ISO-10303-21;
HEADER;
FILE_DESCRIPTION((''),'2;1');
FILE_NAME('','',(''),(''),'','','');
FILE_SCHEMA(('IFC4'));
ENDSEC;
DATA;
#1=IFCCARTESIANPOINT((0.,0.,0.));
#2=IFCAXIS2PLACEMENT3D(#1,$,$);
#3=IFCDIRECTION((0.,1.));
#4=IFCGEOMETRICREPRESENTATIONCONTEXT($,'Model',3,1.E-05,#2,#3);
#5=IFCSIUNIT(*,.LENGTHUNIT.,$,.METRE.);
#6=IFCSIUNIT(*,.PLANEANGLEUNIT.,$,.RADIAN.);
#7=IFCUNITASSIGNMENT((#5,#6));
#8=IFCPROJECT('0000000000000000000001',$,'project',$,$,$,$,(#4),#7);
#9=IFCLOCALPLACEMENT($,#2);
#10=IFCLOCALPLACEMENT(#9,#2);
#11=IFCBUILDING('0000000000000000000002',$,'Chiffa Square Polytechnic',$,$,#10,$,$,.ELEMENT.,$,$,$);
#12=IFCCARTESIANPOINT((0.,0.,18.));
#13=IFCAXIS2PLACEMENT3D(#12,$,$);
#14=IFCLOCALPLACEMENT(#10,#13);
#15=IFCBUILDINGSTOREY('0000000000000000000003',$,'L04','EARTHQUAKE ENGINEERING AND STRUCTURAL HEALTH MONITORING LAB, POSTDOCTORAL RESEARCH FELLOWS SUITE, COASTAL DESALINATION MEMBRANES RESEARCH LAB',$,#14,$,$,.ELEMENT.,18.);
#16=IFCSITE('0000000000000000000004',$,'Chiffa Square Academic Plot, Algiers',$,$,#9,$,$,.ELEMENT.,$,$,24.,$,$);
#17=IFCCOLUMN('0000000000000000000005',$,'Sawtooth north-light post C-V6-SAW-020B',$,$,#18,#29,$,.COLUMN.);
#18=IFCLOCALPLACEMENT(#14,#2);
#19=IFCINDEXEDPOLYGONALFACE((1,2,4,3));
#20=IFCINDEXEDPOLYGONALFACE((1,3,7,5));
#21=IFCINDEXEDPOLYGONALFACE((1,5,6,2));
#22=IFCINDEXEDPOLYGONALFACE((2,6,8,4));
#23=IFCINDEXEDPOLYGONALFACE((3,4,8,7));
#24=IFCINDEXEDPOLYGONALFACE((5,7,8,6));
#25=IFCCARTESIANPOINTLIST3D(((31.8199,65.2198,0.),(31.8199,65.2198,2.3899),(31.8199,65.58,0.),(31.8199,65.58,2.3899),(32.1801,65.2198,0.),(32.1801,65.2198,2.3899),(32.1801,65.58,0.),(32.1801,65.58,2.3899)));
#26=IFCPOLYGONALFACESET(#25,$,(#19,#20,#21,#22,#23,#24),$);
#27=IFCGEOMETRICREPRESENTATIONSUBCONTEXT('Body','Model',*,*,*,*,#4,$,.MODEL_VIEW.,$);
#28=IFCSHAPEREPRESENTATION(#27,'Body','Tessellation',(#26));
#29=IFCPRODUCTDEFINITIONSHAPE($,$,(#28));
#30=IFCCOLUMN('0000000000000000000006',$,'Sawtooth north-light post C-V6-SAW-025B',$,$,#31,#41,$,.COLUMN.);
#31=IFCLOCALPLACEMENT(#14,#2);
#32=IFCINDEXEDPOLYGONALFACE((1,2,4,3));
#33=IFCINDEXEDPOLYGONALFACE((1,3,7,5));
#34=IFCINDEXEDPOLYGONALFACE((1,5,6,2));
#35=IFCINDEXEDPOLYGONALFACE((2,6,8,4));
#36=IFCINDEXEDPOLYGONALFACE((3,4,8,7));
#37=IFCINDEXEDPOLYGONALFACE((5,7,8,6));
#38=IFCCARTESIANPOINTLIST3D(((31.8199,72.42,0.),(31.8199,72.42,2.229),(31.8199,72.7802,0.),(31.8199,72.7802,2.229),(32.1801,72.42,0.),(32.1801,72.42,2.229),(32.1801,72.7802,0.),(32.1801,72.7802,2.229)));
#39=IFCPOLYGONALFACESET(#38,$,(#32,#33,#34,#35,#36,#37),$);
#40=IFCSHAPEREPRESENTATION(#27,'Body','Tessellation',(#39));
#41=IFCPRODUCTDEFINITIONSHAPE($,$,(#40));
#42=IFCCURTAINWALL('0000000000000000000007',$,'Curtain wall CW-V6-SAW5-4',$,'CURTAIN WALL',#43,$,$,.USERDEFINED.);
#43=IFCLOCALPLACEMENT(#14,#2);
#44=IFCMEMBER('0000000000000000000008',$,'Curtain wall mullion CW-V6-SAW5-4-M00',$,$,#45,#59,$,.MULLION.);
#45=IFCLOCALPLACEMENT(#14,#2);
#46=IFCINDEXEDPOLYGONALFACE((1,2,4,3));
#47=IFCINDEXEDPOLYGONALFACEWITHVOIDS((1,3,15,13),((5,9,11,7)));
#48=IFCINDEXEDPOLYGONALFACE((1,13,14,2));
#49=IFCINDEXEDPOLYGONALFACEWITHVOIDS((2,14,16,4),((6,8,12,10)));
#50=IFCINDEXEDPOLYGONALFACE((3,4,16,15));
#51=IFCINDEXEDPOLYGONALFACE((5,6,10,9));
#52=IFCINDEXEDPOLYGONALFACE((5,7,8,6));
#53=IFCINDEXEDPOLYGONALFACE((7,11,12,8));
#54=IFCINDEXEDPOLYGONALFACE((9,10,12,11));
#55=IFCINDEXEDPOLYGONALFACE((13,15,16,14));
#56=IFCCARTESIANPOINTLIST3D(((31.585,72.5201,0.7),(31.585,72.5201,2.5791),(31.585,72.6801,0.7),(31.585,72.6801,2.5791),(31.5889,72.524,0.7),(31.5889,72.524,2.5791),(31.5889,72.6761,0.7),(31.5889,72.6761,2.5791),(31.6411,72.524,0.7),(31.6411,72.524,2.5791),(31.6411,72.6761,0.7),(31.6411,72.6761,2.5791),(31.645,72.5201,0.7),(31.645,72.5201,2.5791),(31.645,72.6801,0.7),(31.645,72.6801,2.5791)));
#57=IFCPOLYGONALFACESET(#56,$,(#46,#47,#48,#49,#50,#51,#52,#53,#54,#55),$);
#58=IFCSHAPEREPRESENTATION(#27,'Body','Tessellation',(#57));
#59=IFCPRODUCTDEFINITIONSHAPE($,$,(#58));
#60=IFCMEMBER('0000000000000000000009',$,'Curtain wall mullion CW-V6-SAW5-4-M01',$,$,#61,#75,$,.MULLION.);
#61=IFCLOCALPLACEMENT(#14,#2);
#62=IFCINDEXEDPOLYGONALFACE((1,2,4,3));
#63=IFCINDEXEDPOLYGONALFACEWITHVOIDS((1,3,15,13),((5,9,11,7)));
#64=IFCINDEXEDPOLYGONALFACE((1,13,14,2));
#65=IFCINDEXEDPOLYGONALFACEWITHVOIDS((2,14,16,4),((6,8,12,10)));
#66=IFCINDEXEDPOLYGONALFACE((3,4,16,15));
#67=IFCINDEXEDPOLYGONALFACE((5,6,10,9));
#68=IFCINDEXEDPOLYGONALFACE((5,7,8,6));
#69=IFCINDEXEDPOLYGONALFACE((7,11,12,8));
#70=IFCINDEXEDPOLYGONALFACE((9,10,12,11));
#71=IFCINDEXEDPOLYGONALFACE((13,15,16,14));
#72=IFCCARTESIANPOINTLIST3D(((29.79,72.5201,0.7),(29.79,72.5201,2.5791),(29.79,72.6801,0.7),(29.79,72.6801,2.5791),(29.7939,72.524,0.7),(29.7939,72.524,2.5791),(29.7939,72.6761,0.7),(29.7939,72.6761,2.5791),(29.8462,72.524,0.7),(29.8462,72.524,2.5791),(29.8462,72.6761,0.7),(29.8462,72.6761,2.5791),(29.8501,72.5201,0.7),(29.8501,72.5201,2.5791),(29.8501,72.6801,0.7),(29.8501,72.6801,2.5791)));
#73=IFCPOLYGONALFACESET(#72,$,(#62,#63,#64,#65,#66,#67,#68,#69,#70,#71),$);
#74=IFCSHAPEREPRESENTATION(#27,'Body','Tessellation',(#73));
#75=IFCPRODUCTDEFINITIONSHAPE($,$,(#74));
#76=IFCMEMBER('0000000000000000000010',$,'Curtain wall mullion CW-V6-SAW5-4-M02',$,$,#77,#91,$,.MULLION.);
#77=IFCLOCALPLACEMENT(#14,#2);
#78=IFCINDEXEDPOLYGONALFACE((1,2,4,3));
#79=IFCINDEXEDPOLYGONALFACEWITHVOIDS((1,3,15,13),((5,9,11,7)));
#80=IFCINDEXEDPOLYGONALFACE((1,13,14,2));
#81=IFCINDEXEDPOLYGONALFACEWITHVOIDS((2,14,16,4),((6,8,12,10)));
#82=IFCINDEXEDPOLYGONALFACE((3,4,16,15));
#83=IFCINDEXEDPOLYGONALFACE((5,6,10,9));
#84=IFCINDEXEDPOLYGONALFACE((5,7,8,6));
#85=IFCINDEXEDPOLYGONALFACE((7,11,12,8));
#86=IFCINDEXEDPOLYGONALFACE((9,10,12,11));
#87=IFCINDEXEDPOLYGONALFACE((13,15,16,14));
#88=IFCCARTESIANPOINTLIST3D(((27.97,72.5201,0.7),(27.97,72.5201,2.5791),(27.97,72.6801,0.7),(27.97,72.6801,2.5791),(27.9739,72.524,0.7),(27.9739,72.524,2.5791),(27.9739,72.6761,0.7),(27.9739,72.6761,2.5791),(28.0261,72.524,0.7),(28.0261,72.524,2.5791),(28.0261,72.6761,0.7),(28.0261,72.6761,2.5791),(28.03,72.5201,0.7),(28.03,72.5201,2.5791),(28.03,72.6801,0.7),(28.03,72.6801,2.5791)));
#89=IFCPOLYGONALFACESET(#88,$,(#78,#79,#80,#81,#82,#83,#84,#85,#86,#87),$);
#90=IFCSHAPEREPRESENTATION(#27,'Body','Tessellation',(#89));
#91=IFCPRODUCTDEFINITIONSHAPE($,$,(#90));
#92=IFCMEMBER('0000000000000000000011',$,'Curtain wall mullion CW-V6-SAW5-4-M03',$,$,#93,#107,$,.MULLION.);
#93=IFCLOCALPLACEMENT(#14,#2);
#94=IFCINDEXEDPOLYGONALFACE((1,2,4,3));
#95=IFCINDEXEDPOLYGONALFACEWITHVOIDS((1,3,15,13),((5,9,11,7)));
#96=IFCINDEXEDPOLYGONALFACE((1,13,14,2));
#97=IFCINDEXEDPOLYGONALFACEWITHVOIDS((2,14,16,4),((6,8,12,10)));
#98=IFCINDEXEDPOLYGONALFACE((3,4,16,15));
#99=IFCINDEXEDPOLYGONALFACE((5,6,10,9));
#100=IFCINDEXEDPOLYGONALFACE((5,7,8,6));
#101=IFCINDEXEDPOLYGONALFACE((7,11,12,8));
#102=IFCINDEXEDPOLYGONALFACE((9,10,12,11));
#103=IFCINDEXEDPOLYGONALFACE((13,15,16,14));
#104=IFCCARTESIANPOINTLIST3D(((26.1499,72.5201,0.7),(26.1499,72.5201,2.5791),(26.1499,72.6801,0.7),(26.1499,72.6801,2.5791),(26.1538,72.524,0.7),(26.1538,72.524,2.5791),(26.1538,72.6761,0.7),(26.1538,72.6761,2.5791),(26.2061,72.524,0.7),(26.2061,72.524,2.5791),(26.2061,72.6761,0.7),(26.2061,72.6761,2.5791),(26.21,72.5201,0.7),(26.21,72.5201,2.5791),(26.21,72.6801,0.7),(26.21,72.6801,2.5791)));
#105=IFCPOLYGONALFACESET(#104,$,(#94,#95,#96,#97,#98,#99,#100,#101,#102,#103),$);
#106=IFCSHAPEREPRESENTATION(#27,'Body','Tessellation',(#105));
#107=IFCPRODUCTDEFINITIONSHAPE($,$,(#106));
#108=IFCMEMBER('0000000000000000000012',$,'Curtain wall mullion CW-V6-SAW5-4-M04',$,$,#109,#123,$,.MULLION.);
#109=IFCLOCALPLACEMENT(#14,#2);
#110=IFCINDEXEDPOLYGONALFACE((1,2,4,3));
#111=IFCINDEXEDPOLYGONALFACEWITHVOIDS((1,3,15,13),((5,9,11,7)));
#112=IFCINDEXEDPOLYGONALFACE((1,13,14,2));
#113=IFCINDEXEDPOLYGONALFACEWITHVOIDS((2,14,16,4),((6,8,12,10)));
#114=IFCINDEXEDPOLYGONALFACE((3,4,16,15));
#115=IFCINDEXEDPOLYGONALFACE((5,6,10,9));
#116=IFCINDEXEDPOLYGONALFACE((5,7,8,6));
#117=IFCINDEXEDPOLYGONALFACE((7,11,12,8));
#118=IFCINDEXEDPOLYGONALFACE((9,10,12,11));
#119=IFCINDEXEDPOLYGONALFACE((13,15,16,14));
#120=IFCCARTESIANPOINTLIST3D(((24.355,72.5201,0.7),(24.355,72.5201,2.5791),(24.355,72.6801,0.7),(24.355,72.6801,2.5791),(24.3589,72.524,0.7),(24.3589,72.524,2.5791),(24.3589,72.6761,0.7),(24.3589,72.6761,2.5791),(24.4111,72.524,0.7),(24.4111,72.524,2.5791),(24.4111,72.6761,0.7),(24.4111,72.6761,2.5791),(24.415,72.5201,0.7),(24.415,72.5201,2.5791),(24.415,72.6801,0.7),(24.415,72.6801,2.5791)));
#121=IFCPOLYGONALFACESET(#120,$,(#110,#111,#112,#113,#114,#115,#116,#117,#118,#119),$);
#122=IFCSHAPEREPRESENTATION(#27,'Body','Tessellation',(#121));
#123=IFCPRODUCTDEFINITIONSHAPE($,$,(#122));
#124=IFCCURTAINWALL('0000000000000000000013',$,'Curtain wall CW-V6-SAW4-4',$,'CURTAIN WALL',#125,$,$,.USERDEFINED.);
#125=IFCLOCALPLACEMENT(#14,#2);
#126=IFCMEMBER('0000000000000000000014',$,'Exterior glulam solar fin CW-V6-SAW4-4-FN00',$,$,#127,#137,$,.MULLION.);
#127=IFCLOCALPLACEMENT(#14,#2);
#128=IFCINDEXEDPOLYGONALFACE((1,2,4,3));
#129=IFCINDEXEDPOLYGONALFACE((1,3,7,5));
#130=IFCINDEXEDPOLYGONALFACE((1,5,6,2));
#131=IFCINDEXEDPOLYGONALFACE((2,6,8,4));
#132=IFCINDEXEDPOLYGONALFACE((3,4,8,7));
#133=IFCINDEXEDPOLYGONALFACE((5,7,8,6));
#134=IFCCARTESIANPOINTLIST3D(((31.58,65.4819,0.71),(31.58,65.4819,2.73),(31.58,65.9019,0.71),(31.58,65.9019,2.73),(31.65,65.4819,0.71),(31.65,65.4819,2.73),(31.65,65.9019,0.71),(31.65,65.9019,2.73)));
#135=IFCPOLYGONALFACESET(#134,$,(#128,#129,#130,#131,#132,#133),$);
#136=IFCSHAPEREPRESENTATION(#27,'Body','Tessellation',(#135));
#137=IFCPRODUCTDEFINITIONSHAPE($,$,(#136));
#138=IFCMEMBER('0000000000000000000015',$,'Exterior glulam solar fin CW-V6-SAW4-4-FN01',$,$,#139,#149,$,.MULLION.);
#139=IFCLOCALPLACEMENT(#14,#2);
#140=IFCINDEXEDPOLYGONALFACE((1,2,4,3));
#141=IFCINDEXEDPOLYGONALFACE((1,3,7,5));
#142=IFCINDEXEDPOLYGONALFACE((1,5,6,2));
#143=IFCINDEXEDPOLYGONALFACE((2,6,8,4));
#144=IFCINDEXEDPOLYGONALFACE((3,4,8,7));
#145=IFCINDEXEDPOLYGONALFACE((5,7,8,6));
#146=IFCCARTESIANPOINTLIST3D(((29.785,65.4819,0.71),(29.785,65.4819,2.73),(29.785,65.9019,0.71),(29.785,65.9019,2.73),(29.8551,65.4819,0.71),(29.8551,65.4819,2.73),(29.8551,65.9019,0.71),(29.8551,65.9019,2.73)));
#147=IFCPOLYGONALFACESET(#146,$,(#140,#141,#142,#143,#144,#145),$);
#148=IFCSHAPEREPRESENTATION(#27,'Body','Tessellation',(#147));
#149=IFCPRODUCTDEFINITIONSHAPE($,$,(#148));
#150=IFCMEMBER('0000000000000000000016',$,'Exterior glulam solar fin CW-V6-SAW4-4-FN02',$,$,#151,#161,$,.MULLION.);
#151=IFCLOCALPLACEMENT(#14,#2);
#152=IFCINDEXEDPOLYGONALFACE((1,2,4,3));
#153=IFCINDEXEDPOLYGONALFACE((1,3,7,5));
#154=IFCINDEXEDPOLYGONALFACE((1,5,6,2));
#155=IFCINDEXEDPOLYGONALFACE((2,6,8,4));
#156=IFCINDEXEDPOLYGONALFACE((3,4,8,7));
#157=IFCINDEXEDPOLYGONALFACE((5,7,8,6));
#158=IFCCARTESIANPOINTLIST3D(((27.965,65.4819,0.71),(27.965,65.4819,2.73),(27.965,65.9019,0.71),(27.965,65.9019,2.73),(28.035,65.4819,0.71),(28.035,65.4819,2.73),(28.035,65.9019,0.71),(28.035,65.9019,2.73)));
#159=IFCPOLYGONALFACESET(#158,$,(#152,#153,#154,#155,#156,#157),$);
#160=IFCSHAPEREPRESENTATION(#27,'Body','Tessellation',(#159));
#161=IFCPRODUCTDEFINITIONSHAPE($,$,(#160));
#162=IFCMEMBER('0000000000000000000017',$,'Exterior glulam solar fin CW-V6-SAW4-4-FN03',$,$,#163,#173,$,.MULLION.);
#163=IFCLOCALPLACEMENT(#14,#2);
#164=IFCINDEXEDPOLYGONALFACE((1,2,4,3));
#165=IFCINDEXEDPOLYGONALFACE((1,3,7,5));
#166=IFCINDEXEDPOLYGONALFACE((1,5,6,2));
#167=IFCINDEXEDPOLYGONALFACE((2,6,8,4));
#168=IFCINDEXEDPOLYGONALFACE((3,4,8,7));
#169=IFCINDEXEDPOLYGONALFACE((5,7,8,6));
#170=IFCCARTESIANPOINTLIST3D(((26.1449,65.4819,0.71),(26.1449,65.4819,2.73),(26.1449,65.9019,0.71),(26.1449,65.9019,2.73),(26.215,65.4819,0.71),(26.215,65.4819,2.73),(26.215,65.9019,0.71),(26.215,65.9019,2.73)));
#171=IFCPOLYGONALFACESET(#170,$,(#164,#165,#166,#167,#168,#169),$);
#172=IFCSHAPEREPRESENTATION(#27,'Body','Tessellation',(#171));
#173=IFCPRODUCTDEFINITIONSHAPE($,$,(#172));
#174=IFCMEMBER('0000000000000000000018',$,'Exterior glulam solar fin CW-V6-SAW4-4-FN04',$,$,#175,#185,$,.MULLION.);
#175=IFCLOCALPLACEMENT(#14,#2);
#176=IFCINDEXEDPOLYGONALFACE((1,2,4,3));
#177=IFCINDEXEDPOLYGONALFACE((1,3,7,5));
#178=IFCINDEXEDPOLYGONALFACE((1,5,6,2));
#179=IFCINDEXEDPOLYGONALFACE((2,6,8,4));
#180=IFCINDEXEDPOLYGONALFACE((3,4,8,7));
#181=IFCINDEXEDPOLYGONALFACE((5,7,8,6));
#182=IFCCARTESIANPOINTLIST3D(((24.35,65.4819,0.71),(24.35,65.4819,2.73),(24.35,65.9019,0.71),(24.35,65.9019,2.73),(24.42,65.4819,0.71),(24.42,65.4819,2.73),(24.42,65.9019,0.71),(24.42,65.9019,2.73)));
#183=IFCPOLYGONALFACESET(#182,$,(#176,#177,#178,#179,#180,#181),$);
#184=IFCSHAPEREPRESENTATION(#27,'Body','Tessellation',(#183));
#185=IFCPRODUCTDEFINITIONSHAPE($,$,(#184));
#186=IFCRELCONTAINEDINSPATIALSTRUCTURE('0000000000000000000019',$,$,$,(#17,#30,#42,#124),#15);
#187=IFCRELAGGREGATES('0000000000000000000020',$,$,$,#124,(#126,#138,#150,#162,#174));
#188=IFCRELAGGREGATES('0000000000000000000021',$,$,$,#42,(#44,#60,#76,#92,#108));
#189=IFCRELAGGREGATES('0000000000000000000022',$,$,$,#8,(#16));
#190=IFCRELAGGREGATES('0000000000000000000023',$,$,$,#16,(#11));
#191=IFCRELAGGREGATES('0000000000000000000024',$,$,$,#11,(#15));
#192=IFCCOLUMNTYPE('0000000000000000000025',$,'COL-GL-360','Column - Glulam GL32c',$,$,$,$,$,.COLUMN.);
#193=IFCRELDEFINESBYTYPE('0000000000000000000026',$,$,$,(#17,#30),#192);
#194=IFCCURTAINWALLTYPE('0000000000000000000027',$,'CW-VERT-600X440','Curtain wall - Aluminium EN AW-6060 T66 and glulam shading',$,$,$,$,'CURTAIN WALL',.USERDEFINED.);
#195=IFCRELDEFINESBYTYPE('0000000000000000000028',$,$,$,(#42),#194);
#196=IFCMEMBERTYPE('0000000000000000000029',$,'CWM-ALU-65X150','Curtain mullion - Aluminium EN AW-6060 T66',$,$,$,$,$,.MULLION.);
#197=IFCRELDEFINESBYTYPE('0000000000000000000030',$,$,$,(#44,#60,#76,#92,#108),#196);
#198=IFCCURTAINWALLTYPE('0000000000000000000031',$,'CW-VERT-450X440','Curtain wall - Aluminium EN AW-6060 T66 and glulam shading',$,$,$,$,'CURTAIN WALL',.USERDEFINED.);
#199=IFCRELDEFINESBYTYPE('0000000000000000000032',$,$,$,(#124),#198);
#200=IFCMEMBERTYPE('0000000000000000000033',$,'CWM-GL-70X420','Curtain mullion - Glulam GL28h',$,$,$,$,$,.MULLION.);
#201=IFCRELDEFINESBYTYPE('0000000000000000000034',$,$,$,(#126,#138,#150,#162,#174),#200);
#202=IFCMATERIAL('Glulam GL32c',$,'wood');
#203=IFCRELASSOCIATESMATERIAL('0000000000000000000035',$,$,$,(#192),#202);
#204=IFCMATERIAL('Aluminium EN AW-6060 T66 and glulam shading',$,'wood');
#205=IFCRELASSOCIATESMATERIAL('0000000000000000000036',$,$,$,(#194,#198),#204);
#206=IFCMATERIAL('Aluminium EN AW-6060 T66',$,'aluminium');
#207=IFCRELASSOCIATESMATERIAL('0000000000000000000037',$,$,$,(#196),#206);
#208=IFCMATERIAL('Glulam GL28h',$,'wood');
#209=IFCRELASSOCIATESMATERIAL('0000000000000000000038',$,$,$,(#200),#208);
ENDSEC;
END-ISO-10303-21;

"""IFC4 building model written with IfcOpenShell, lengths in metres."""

from ifc_helpers import new_model, si_unit, direction, frame, origin, origin_2d, place, context, subcontext, project, spatial, rectangle, hollow_rectangle, extrude, material, material_profile, profile_set, type_object, element, aggregate, save


model = new_model("IFC4")

# Units and contexts
model_context = context("Model", 3, precision=1e-05, world=origin(), true_north=direction((0.0, 1.0)))
body_context = subcontext(model_context, "Body", "Model", "MODEL_VIEW")
ifc_project = project(units=[si_unit("LENGTHUNIT", "METRE"), si_unit("PLANEANGLEUNIT", "RADIAN")], contexts=[model_context])

# Site, building, storey
site_placement = place(None, origin())
site = spatial("IfcSite", under=ifc_project, at=site_placement, Name="Chiffa Square Academic Plot, Algiers", CompositionType="ELEMENT", RefElevation=24.0)
building_placement = place(site_placement, origin())
building = spatial("IfcBuilding", under=site, at=building_placement, Name="Chiffa Square Polytechnic", CompositionType="ELEMENT")
storey_placement = place(building_placement, frame((0.0, 0.0, 18.0)))
storey = spatial("IfcBuildingStorey", under=building, at=storey_placement, Name="L04", Description="EARTHQUAKE ENGINEERING AND STRUCTURAL HEALTH MONITORING LAB, POSTDOCTORAL RESEARCH FELLOWS SUITE, COASTAL DESALINATION MEMBRANES RESEARCH LAB", CompositionType="ELEMENT", Elevation=18.0)

# Columns
ifc_material_1 = material(Name="Glulam GL32c", Category="wood")
ifc_material_profile_1 = material_profile(ifc_material_1, rectangle(XDim=0.3601, YDim=0.3601, at=origin_2d()), Name="GL32c 360x360")
ifc_profile_set_1 = profile_set([ifc_material_profile_1], Name="Glulam GL32c")
column_type = type_object("IfcColumnType", Name="COL-GL-360", Description="Column - Glulam GL32c", PredefinedType="COLUMN", material=ifc_profile_set_1)
column_1_placement = place(storey_placement, frame((32.0, 65.3999, 0.0), z_axis=(0.0, 0.0, 1.0), x_axis=(1.0, 0.0, 0.0)))
element("IfcColumn", 1, at=column_1_placement, inside=storey, type_object=column_type, Name="Sawtooth north-light post C-V6-SAW-020B", PredefinedType="COLUMN", context=body_context, shape_type="SweptSolid", body=[
    extrude(rectangle(XDim=0.3601, YDim=0.3601, at=origin_2d()), origin(), (0.0, 0.0, 1.0), 2.3899),
])
column_2_placement = place(storey_placement, frame((32.0, 72.6001, 0.0), z_axis=(0.0, 0.0, 1.0), x_axis=(1.0, 0.0, 0.0)))
element("IfcColumn", 2, at=column_2_placement, inside=storey, type_object=column_type, Name="Sawtooth north-light post C-V6-SAW-025B", PredefinedType="COLUMN", context=body_context, shape_type="SweptSolid", body=[
    extrude(rectangle(XDim=0.3601, YDim=0.3601, at=origin_2d()), origin(), (0.0, 0.0, 1.0), 2.229),
])

# Curtain walls, members
ifc_material_2 = material(Name="Aluminium EN AW-6060 T66 and glulam shading", Category="wood")
curtain_wall_type_1 = type_object("IfcCurtainWallType", Name="CW-VERT-600X440", Description="Curtain wall - Aluminium EN AW-6060 T66 and glulam shading", ElementType="CURTAIN WALL", PredefinedType="USERDEFINED", material=ifc_material_2)
curtain_wall_1_placement = place(storey_placement, origin())
curtain_wall_1 = element("IfcCurtainWall", 3, at=curtain_wall_1_placement, inside=storey, type_object=curtain_wall_type_1, Name="Curtain wall CW-V6-SAW5-4", ObjectType="CURTAIN WALL", PredefinedType="USERDEFINED")
ifc_material_3 = material(Name="Aluminium EN AW-6060 T66", Category="aluminium")
ifc_material_profile_2 = material_profile(ifc_material_3, hollow_rectangle(XDim=0.0601, YDim=0.1599, WallThickness=0.0039, at=origin_2d()), Name="ALU 60x160x4")
ifc_profile_set_2 = profile_set([ifc_material_profile_2], Name="Aluminium EN AW-6060 T66")
member_type_1 = type_object("IfcMemberType", Name="CWM-ALU-65X150", Description="Curtain mullion - Aluminium EN AW-6060 T66", PredefinedType="MULLION", material=ifc_profile_set_2)
member_1_placement = place(storey_placement, frame((31.615, 72.6001, 0.7), z_axis=(0.0, 0.0, 1.0), x_axis=(1.0, 0.0, 0.0)))
member_1 = element("IfcMember", 4, at=member_1_placement, type_object=member_type_1, Name="Curtain wall mullion CW-V6-SAW5-4-M00", PredefinedType="MULLION", context=body_context, shape_type="SweptSolid", body=[
    extrude(hollow_rectangle(XDim=0.0601, YDim=0.1599, WallThickness=0.0039, at=origin_2d()), origin(), (0.0, 0.0, 1.0), 1.8792),
])
member_2_placement = place(storey_placement, frame((29.8201, 72.6001, 0.7), z_axis=(0.0, 0.0, 1.0), x_axis=(1.0, 0.0, 0.0)))
member_2 = element("IfcMember", 5, at=member_2_placement, type_object=member_type_1, Name="Curtain wall mullion CW-V6-SAW5-4-M01", PredefinedType="MULLION", context=body_context, shape_type="SweptSolid", body=[
    extrude(hollow_rectangle(XDim=0.0601, YDim=0.1599, WallThickness=0.0039, at=origin_2d()), origin(), (0.0, 0.0, 1.0), 1.8792),
])
member_3_placement = place(storey_placement, frame((28.0, 72.6001, 0.7), z_axis=(0.0, 0.0, 1.0), x_axis=(1.0, 0.0, 0.0)))
member_3 = element("IfcMember", 6, at=member_3_placement, type_object=member_type_1, Name="Curtain wall mullion CW-V6-SAW5-4-M02", PredefinedType="MULLION", context=body_context, shape_type="SweptSolid", body=[
    extrude(hollow_rectangle(XDim=0.0601, YDim=0.1599, WallThickness=0.0039, at=origin_2d()), origin(), (0.0, 0.0, 1.0), 1.8792),
])
member_4_placement = place(storey_placement, frame((26.1799, 72.6001, 0.7), z_axis=(0.0, 0.0, 1.0), x_axis=(1.0, 0.0, 0.0)))
member_4 = element("IfcMember", 7, at=member_4_placement, type_object=member_type_1, Name="Curtain wall mullion CW-V6-SAW5-4-M03", PredefinedType="MULLION", context=body_context, shape_type="SweptSolid", body=[
    extrude(hollow_rectangle(XDim=0.0601, YDim=0.1599, WallThickness=0.0039, at=origin_2d()), origin(), (0.0, 0.0, 1.0), 1.8792),
])
member_5_placement = place(storey_placement, frame((24.385, 72.6001, 0.7), z_axis=(0.0, 0.0, 1.0), x_axis=(1.0, 0.0, 0.0)))
member_5 = element("IfcMember", 8, at=member_5_placement, type_object=member_type_1, Name="Curtain wall mullion CW-V6-SAW5-4-M04", PredefinedType="MULLION", context=body_context, shape_type="SweptSolid", body=[
    extrude(hollow_rectangle(XDim=0.0601, YDim=0.1599, WallThickness=0.0039, at=origin_2d()), origin(), (0.0, 0.0, 1.0), 1.8792),
])
curtain_wall_type_2 = type_object("IfcCurtainWallType", Name="CW-VERT-450X440", Description="Curtain wall - Aluminium EN AW-6060 T66 and glulam shading", ElementType="CURTAIN WALL", PredefinedType="USERDEFINED", material=ifc_material_2)
curtain_wall_2_placement = place(storey_placement, origin())
curtain_wall_2 = element("IfcCurtainWall", 9, at=curtain_wall_2_placement, inside=storey, type_object=curtain_wall_type_2, Name="Curtain wall CW-V6-SAW4-4", ObjectType="CURTAIN WALL", PredefinedType="USERDEFINED")
ifc_material_4 = material(Name="Glulam GL28h", Category="wood")
ifc_material_profile_3 = material_profile(ifc_material_4, rectangle(XDim=0.0701, YDim=0.4199, at=origin_2d()), Name="GL28h 70x420")
ifc_profile_set_3 = profile_set([ifc_material_profile_3], Name="Glulam GL28h")
member_type_2 = type_object("IfcMemberType", Name="CWM-GL-70X420", Description="Curtain mullion - Glulam GL28h", PredefinedType="MULLION", material=ifc_profile_set_3)
member_6_placement = place(storey_placement, frame((31.615, 65.6919, 0.71), z_axis=(0.0, 0.0, 1.0), x_axis=(-1.0, 0.0, 0.0)))
member_6 = element("IfcMember", 10, at=member_6_placement, type_object=member_type_2, Name="Exterior glulam solar fin CW-V6-SAW4-4-FN00", PredefinedType="MULLION", context=body_context, shape_type="SweptSolid", body=[
    extrude(rectangle(XDim=0.0701, YDim=0.4199, at=origin_2d()), origin(), (0.0, 0.0, 1.0), 2.02),
])
member_7_placement = place(storey_placement, frame((29.8201, 65.6919, 0.71), z_axis=(0.0, 0.0, 1.0), x_axis=(-1.0, 0.0, 0.0)))
member_7 = element("IfcMember", 11, at=member_7_placement, type_object=member_type_2, Name="Exterior glulam solar fin CW-V6-SAW4-4-FN01", PredefinedType="MULLION", context=body_context, shape_type="SweptSolid", body=[
    extrude(rectangle(XDim=0.0701, YDim=0.4199, at=origin_2d()), origin(), (0.0, 0.0, 1.0), 2.02),
])
member_8_placement = place(storey_placement, frame((28.0, 65.6919, 0.71), z_axis=(0.0, 0.0, 1.0), x_axis=(-1.0, 0.0, 0.0)))
member_8 = element("IfcMember", 12, at=member_8_placement, type_object=member_type_2, Name="Exterior glulam solar fin CW-V6-SAW4-4-FN02", PredefinedType="MULLION", context=body_context, shape_type="SweptSolid", body=[
    extrude(rectangle(XDim=0.0701, YDim=0.4199, at=origin_2d()), origin(), (0.0, 0.0, 1.0), 2.02),
])
member_9_placement = place(storey_placement, frame((26.1799, 65.6919, 0.71), z_axis=(0.0, 0.0, 1.0), x_axis=(-1.0, 0.0, 0.0)))
member_9 = element("IfcMember", 13, at=member_9_placement, type_object=member_type_2, Name="Exterior glulam solar fin CW-V6-SAW4-4-FN03", PredefinedType="MULLION", context=body_context, shape_type="SweptSolid", body=[
    extrude(rectangle(XDim=0.0701, YDim=0.4199, at=origin_2d()), origin(), (0.0, 0.0, 1.0), 2.02),
])
member_10_placement = place(storey_placement, frame((24.385, 65.6919, 0.71), z_axis=(0.0, 0.0, 1.0), x_axis=(-1.0, 0.0, 0.0)))
member_10 = element("IfcMember", 14, at=member_10_placement, type_object=member_type_2, Name="Exterior glulam solar fin CW-V6-SAW4-4-FN04", PredefinedType="MULLION", context=body_context, shape_type="SweptSolid", body=[
    extrude(rectangle(XDim=0.0701, YDim=0.4199, at=origin_2d()), origin(), (0.0, 0.0, 1.0), 2.02),
])
aggregate(curtain_wall_2, [member_6, member_7, member_8, member_9, member_10])

aggregate(curtain_wall_1, [member_1, member_2, member_3, member_4, member_5])

save(model, "model.ifc")
